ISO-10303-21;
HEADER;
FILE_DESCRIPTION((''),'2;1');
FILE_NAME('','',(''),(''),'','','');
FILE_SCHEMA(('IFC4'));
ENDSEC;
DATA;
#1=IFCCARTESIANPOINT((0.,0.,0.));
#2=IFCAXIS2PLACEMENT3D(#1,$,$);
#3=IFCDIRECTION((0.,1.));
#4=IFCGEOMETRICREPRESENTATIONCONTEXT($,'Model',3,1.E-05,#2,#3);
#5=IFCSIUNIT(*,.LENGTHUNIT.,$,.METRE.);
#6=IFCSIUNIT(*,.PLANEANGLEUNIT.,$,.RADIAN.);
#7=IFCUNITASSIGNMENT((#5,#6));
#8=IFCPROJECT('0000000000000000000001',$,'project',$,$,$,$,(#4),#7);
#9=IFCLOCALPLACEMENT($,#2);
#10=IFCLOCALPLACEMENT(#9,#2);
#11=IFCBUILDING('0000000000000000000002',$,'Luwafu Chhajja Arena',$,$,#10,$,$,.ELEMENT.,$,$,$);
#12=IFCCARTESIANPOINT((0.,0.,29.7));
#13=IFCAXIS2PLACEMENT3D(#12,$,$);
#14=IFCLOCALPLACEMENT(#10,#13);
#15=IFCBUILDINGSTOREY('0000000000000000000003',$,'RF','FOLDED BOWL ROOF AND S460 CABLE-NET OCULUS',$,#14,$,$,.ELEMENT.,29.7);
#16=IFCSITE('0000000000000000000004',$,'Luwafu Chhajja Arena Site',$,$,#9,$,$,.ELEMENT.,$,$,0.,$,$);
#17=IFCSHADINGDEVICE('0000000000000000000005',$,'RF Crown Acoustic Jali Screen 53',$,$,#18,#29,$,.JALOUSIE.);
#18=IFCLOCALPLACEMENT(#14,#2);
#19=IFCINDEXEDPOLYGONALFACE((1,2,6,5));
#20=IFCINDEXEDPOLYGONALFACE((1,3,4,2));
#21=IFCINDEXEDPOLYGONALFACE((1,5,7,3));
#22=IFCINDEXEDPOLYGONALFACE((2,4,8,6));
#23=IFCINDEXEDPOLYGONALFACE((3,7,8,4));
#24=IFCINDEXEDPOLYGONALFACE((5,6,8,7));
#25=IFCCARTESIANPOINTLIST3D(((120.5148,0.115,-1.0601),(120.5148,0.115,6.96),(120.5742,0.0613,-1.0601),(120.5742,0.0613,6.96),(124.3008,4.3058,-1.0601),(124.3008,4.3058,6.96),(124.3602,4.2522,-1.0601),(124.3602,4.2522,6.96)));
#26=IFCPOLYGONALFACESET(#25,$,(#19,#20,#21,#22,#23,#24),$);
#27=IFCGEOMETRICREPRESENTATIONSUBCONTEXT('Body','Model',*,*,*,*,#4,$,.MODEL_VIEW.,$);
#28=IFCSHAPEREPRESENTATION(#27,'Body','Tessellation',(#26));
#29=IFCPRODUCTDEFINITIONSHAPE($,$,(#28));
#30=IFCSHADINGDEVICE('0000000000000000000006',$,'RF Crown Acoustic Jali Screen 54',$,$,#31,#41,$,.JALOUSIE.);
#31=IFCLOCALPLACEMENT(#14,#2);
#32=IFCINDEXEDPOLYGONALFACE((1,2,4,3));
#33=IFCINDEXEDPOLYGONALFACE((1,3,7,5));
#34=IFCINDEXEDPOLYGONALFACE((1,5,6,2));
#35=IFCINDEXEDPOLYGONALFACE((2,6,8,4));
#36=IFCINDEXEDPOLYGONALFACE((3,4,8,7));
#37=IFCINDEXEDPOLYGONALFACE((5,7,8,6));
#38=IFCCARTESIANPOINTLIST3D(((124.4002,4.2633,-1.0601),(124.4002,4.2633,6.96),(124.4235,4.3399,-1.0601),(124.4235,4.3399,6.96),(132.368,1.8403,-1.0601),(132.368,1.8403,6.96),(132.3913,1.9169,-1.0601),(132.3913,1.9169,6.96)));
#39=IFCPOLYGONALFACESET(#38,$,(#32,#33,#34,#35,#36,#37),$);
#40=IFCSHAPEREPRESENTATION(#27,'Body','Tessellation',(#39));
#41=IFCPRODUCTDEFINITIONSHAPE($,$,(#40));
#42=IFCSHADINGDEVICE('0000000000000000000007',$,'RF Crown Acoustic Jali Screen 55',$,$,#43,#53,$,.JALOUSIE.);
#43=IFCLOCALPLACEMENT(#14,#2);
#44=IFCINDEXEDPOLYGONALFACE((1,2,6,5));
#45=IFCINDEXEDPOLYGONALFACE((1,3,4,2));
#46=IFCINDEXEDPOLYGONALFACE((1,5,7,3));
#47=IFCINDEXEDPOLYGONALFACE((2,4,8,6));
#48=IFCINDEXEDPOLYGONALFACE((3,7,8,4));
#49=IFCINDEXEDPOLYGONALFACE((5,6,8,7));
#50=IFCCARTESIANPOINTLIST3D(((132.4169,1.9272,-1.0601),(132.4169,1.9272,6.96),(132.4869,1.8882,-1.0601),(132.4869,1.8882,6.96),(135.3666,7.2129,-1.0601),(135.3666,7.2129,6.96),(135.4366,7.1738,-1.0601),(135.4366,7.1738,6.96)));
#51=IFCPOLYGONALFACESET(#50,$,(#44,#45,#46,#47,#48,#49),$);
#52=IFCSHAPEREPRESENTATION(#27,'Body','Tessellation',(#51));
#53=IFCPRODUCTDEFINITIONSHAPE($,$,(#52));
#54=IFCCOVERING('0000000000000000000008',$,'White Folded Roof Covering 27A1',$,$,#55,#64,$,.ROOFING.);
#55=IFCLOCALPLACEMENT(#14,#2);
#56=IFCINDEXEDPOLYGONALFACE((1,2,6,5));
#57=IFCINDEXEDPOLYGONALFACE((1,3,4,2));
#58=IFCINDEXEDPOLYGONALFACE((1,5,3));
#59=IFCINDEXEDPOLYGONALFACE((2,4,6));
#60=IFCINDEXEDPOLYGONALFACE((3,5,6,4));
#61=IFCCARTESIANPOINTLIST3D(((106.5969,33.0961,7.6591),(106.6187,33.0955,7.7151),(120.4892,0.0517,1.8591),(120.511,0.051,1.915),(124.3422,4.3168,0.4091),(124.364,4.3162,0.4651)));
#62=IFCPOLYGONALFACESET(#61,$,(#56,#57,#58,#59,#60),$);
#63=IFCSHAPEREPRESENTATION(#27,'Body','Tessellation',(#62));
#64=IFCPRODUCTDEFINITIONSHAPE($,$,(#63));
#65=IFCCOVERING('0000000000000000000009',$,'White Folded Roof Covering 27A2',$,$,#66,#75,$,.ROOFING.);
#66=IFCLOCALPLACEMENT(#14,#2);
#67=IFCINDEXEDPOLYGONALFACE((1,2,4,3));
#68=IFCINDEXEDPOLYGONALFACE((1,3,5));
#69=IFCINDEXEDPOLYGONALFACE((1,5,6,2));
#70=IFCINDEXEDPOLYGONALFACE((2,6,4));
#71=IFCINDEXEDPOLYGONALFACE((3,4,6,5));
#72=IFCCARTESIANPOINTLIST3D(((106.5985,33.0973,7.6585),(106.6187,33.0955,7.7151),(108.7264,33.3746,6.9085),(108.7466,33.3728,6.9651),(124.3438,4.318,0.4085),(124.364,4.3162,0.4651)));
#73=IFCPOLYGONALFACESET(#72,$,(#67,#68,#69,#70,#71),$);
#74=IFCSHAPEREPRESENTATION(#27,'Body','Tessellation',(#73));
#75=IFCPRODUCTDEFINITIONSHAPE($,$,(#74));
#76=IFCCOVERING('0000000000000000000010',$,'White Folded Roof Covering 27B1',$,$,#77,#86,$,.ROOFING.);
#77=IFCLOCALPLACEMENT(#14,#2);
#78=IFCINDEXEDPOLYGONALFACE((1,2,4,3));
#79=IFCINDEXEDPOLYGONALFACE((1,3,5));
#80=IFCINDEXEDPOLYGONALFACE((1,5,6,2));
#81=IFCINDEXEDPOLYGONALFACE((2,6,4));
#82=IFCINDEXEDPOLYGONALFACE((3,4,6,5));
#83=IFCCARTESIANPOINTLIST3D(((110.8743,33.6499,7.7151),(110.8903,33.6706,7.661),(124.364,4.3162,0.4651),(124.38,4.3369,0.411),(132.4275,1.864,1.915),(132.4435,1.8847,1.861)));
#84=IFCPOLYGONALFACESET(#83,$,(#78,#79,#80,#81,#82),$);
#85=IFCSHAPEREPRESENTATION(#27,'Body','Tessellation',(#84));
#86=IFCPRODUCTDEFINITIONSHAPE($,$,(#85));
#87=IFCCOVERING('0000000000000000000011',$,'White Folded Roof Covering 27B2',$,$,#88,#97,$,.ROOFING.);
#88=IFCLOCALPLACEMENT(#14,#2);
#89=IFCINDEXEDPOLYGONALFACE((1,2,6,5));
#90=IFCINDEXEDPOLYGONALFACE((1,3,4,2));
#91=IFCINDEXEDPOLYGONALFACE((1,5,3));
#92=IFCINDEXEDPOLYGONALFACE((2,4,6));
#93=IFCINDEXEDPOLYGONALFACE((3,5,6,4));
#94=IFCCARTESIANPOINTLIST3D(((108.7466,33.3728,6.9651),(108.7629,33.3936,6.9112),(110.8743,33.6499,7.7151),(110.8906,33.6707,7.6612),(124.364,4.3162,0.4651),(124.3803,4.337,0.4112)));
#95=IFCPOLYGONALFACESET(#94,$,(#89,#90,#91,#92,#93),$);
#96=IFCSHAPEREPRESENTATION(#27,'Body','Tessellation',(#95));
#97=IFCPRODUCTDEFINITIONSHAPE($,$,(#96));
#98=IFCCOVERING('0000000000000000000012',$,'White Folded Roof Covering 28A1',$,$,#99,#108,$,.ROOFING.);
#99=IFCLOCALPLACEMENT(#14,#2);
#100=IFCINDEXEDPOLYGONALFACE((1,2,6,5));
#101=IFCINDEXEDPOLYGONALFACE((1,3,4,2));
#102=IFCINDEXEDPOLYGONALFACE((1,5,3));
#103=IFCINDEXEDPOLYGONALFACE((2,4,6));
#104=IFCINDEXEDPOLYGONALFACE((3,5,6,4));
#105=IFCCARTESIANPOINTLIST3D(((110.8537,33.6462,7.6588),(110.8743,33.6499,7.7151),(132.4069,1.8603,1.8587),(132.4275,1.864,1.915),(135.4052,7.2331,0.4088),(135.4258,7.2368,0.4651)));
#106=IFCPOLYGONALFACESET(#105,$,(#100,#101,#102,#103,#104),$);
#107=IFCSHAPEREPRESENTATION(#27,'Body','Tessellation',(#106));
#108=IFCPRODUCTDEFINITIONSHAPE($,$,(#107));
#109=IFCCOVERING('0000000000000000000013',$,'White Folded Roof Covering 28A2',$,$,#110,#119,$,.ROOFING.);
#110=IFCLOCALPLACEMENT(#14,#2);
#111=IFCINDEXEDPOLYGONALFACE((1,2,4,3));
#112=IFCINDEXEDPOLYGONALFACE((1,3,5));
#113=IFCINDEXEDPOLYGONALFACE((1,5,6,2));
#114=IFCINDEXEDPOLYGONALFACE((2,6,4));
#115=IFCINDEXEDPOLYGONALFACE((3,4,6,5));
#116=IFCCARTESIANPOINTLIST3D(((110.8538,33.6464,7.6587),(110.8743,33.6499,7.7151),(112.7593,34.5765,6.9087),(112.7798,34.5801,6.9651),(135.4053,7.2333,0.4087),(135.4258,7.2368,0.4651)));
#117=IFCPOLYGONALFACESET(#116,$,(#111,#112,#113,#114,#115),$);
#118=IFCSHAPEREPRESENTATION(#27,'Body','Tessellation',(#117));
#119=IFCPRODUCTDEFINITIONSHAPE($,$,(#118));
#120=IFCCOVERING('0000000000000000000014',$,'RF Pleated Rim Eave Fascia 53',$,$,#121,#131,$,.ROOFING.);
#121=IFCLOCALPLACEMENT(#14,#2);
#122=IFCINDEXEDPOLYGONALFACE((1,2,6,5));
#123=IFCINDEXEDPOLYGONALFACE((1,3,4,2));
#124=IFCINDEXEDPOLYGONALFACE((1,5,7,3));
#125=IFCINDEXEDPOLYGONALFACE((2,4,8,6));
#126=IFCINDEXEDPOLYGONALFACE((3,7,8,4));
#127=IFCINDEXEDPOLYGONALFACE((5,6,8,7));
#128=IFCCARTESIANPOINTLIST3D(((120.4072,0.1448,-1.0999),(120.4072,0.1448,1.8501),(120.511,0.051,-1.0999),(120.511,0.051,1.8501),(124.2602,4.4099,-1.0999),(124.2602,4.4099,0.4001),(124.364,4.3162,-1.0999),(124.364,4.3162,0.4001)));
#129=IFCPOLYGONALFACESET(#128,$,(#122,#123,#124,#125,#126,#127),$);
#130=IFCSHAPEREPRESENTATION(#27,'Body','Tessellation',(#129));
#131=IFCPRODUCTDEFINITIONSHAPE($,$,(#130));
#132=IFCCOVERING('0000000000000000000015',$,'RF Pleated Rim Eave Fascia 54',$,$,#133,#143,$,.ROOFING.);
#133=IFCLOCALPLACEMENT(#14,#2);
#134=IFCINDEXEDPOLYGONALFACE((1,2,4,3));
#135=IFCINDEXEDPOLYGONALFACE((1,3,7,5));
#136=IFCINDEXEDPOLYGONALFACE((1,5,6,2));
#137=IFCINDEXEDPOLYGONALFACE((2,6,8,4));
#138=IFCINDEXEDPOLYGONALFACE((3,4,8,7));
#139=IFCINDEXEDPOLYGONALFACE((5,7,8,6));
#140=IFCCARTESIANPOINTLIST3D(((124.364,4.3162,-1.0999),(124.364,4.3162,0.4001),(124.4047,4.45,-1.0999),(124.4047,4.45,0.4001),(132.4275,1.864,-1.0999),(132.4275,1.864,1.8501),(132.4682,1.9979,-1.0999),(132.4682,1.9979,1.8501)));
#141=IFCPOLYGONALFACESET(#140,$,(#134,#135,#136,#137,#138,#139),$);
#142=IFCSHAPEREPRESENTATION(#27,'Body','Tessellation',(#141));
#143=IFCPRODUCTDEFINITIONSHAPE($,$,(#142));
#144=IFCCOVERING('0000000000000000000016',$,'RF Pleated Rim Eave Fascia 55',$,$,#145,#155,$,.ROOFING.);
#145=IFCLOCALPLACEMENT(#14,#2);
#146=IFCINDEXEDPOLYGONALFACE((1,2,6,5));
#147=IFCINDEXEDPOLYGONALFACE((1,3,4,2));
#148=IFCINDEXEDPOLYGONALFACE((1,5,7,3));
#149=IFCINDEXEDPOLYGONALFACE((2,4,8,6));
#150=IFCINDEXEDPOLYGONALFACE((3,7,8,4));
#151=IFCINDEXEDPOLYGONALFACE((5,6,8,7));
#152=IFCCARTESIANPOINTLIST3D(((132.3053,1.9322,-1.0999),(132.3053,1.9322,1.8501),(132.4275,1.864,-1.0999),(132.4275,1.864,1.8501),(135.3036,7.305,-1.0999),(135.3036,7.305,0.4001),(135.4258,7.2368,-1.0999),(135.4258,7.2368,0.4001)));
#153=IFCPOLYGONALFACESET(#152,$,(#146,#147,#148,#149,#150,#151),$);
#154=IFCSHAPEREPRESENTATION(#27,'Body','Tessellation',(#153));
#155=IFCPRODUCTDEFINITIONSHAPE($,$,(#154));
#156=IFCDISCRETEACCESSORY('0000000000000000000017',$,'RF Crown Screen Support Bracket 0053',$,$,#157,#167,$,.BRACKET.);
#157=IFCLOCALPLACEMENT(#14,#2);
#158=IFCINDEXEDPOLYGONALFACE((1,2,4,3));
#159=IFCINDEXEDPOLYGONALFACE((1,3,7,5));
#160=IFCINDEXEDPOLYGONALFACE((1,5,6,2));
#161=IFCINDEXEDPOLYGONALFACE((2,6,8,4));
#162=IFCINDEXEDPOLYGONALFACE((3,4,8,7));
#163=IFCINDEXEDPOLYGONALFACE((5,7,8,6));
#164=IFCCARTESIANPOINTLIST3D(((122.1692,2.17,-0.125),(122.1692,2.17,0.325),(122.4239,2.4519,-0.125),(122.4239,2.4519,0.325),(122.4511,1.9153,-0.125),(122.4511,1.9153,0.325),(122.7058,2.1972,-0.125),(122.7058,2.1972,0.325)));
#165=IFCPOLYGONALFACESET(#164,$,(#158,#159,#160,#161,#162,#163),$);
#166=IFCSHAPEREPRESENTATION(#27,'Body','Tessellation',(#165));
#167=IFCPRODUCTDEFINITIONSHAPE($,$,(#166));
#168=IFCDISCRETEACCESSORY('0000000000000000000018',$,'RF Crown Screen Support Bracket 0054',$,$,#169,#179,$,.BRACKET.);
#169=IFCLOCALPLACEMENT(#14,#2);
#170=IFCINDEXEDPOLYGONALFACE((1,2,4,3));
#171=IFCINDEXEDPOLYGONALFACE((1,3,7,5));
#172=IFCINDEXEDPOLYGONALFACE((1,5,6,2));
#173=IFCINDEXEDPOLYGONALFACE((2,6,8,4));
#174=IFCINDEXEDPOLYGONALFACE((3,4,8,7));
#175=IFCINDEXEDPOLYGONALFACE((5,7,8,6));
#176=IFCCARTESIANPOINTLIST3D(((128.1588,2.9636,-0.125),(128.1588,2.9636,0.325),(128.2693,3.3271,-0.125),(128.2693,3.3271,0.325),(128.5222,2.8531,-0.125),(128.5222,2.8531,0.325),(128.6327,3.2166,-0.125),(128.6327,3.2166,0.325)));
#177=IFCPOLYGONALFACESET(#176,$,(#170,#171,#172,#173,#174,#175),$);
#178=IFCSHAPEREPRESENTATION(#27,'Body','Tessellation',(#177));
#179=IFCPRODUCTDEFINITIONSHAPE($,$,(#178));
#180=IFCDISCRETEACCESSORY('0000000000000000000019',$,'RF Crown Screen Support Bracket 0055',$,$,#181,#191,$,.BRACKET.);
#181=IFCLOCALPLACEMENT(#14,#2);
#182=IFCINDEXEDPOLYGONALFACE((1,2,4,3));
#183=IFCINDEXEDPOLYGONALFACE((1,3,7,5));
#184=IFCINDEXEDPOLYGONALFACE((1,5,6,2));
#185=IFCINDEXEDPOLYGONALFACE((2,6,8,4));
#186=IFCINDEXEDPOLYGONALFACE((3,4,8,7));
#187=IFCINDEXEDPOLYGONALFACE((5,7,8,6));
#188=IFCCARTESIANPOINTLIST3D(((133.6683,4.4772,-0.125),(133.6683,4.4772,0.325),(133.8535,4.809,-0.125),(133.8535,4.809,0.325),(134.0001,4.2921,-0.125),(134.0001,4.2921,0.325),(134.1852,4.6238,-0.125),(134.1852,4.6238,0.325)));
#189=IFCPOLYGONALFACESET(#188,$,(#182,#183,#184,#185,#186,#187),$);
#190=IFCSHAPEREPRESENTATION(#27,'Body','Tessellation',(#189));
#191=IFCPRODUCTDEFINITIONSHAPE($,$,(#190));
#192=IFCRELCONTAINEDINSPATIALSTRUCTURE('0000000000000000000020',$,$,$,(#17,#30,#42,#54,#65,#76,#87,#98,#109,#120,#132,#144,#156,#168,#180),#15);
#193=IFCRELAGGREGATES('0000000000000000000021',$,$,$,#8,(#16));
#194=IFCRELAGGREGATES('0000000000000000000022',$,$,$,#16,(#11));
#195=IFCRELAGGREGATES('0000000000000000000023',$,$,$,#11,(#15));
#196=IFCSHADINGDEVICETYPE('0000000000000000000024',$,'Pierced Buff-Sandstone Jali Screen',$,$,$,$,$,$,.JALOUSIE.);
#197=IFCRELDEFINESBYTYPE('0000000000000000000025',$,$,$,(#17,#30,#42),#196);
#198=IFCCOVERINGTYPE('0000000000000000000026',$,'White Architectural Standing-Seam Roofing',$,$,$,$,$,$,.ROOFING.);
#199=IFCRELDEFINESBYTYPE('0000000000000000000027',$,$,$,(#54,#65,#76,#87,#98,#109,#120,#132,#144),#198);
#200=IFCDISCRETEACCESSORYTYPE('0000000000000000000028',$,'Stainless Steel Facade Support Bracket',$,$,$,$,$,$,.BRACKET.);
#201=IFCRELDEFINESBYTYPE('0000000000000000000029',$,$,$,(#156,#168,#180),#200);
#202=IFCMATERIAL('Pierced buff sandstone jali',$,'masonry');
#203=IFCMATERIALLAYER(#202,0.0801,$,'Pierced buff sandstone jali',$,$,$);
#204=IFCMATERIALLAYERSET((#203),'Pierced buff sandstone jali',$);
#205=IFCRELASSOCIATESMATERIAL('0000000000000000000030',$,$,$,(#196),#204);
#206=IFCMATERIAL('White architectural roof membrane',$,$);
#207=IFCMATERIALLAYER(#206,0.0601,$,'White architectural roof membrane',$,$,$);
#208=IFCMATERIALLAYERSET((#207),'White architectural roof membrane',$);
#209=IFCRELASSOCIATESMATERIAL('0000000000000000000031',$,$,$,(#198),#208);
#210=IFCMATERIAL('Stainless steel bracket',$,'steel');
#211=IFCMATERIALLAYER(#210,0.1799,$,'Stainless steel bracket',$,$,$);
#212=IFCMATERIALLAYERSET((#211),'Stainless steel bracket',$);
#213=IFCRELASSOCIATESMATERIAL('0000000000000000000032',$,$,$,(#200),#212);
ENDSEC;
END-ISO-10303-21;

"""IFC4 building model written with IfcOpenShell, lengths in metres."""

from ifc_helpers import new_model, si_unit, direction, frame, origin, origin_2d, place, context, subcontext, project, spatial, polyline, rectangle, outline, extrude, material, layer, layer_set, type_object, element, save


model = new_model("IFC4")

# Units and contexts
model_context = context("Model", 3, precision=1e-05, world=origin(), true_north=direction((0.0, 1.0)))
body_context = subcontext(model_context, "Body", "Model", "MODEL_VIEW")
ifc_project = project(units=[si_unit("LENGTHUNIT", "METRE"), si_unit("PLANEANGLEUNIT", "RADIAN")], contexts=[model_context])

# Site, building, storey
site_placement = place(None, origin())
site = spatial("IfcSite", under=ifc_project, at=site_placement, Name="Luwafu Chhajja Arena Site", CompositionType="ELEMENT", RefElevation=0.0)
building_placement = place(site_placement, origin())
building = spatial("IfcBuilding", under=site, at=building_placement, Name="Luwafu Chhajja Arena", CompositionType="ELEMENT")
storey_placement = place(building_placement, frame((0.0, 0.0, 29.7)))
storey = spatial("IfcBuildingStorey", under=building, at=storey_placement, Name="RF", Description="FOLDED BOWL ROOF AND S460 CABLE-NET OCULUS", CompositionType="ELEMENT", Elevation=29.7)

# Shading devices
ifc_material_1 = material(Name="Pierced buff sandstone jali", Category="masonry")
ifc_layer_1 = layer(ifc_material_1, 0.0801, Name="Pierced buff sandstone jali")
ifc_layer_set_1 = layer_set([ifc_layer_1], Name="Pierced buff sandstone jali")
shading_device_type = type_object("IfcShadingDeviceType", Name="Pierced Buff-Sandstone Jali Screen", PredefinedType="JALOUSIE", material=ifc_layer_set_1)
shading_device_1_placement = place(storey_placement, frame((122.4375, 2.1836, -1.0601), z_axis=(0.0, 0.0, 1.0), x_axis=(0.670358, 0.742038, 0.0)))
element("IfcShadingDevice", 1, at=shading_device_1_placement, inside=storey, type_object=shading_device_type, Name="RF Crown Acoustic Jali Screen 53", PredefinedType="JALOUSIE", context=body_context, shape_type="SweptSolid", body=[
    extrude(rectangle(XDim=5.6477, YDim=0.0801, at=origin_2d()), origin(), (0.0, 0.0, 1.0), 8.02),
])
shading_device_2_placement = place(storey_placement, frame((128.3958, 3.0901, -1.0601), z_axis=(0.0, 0.0, 1.0), x_axis=(0.95674, -0.290943, 0.0)))
element("IfcShadingDevice", 2, at=shading_device_2_placement, inside=storey, type_object=shading_device_type, Name="RF Crown Acoustic Jali Screen 54", PredefinedType="JALOUSIE", context=body_context, shape_type="SweptSolid", body=[
    extrude(rectangle(XDim=8.3281, YDim=0.0801, at=origin_2d()), origin(), (0.0, 0.0, 1.0), 8.02),
])
shading_device_3_placement = place(storey_placement, frame((133.9268, 4.5505, -1.0601), z_axis=(0.0, 0.0, 1.0), x_axis=(0.487313, 0.873227, 0.0)))
element("IfcShadingDevice", 3, at=shading_device_3_placement, inside=storey, type_object=shading_device_type, Name="RF Crown Acoustic Jali Screen 55", PredefinedType="JALOUSIE", context=body_context, shape_type="SweptSolid", body=[
    extrude(rectangle(XDim=6.053, YDim=0.0801, at=origin_2d()), origin(), (0.0, 0.0, 1.0), 8.02),
])

# Coverings
ifc_material_2 = material(Name="White architectural roof membrane")
ifc_layer_2 = layer(ifc_material_2, 0.0601, Name="White architectural roof membrane")
ifc_layer_set_2 = layer_set([ifc_layer_2], Name="White architectural roof membrane")
covering_type = type_object("IfcCoveringType", Name="White Architectural Standing-Seam Roofing", PredefinedType="ROOFING", material=ifc_layer_set_2)
covering_1_placement = place(storey_placement, frame((120.511, 0.051, 1.915), z_axis=(0.362833, -0.01101, 0.931789), x_axis=(0.649986, 0.719507, -0.244599)))
element("IfcCovering", 4, at=covering_1_placement, inside=storey, type_object=covering_type, Name="White Folded Roof Covering 27A1", PredefinedType="ROOFING", context=body_context, shape_type="SweptSolid", body=[
    extrude(outline(polyline([(0.0, 0.0), (5.9279, 0.0), (13.3272, 33.7781), (0.0, 0.0)])), origin(), (0.0, 0.0, -1.0), 0.0601),
])
covering_2_placement = place(storey_placement, frame((124.364, 4.3162, 0.4651), z_axis=(0.335754, -0.030145, 0.941467), x_axis=(-0.4645, 0.864214, 0.193325)))
element("IfcCovering", 5, at=covering_2_placement, inside=storey, type_object=covering_type, Name="White Folded Roof Covering 27A2", PredefinedType="ROOFING", context=body_context, shape_type="SweptSolid", body=[
    extrude(outline(polyline([(0.0, 0.0), (33.6221, 0.0), (34.5158, 2.0902), (0.0, 0.0)])), origin(), (0.0, 0.0, -1.0), 0.0601),
])
covering_3_placement = place(storey_placement, frame((124.364, 4.3162, 0.4651), z_axis=(-0.266752, -0.345079, 0.899869), x_axis=(0.942887, -0.286737, 0.169547)))
element("IfcCovering", 6, at=covering_3_placement, inside=storey, type_object=covering_type, Name="White Folded Roof Covering 27B1", PredefinedType="ROOFING", context=body_context, shape_type="SweptSolid", body=[
    extrude(outline(polyline([(0.0, 0.0), (8.5519, 0.0), (-19.9012, 26.4376), (0.0, 0.0)])), origin(), (0.0, 0.0, -1.0), 0.0601),
])
covering_4_placement = place(storey_placement, frame((124.364, 4.3162, 0.4651), z_axis=(-0.271344, -0.346697, 0.897872), x_axis=(-0.407658, 0.886461, 0.219094)))
element("IfcCovering", 7, at=covering_4_placement, inside=storey, type_object=covering_type, Name="White Folded Roof Covering 27B2", PredefinedType="ROOFING", context=body_context, shape_type="SweptSolid", body=[
    extrude(outline(polyline([(0.0, 0.0), (33.0908, 0.0), (33.5483, 2.2265), (0.0, 0.0)])), origin(), (0.0, 0.0, -1.0), 0.0601),
])
covering_5_placement = place(storey_placement, frame((132.4275, 1.864, 1.915), z_axis=(0.342997, 0.061543, 0.937318), x_axis=(0.474314, 0.849949, -0.229375)))
element("IfcCovering", 8, at=covering_5_placement, inside=storey, type_object=covering_type, Name="White Folded Roof Covering 28A1", PredefinedType="ROOFING", context=body_context, shape_type="SweptSolid", body=[
    extrude(outline(polyline([(0.0, 0.0), (6.3213, 0.0), (15.463, 35.6289), (0.0, 0.0)])), origin(), (0.0, 0.0, -1.0), 0.0601),
])
covering_6_placement = place(storey_placement, frame((135.4258, 7.2368, 0.4651), z_axis=(0.340549, 0.058977, 0.938375), x_axis=(-0.627425, 0.757566, 0.180088)))
element("IfcCovering", 9, at=covering_6_placement, inside=storey, type_object=covering_type, Name="White Folded Roof Covering 28A2", PredefinedType="ROOFING", context=body_context, shape_type="SweptSolid", body=[
    extrude(outline(polyline([(0.0, 0.0), (36.0936, 0.0), (36.7195, 2.1603), (0.0, 0.0)])), origin(), (0.0, 0.0, -1.0), 0.0601),
])
covering_7_placement = place(storey_placement, frame((120.511, 0.051, -1.0999), z_axis=(0.742047, -0.670348, 0.0), x_axis=(0.670348, 0.742047, 0.0)))
element("IfcCovering", 10, at=covering_7_placement, inside=storey, type_object=covering_type, Name="RF Pleated Rim Eave Fascia 53", PredefinedType="ROOFING", context=body_context, shape_type="SweptSolid", body=[
    extrude(outline(polyline([(0.0, 0.0), (5.7478, 0.0), (5.7478, 1.5), (0.0, 2.95), (0.0, 0.0)])), origin(), (0.0, 0.0, -1.0), 0.1399),
])
covering_8_placement = place(storey_placement, frame((124.364, 4.3162, -1.0999), z_axis=(-0.29095, -0.956738, 0.0), x_axis=(0.956738, -0.29095, 0.0)))
element("IfcCovering", 11, at=covering_8_placement, inside=storey, type_object=covering_type, Name="RF Pleated Rim Eave Fascia 54", PredefinedType="ROOFING", context=body_context, shape_type="SweptSolid", body=[
    extrude(outline(polyline([(0.0, 0.0), (8.4281, 0.0), (8.4281, 2.95), (0.0, 1.5), (0.0, 0.0)])), origin(), (0.0, 0.0, -1.0), 0.1399),
])
covering_9_placement = place(storey_placement, frame((132.4275, 1.864, -1.0999), z_axis=(0.873231, -0.487306, 0.0), x_axis=(0.487306, 0.873231, 0.0)))
element("IfcCovering", 12, at=covering_9_placement, inside=storey, type_object=covering_type, Name="RF Pleated Rim Eave Fascia 55", PredefinedType="ROOFING", context=body_context, shape_type="SweptSolid", body=[
    extrude(outline(polyline([(0.0, 0.0), (6.1528, 0.0), (6.1528, 1.5), (0.0, 2.95), (0.0, 0.0)])), origin(), (0.0, 0.0, -1.0), 0.1399),
])

# Discrete accessories
ifc_material_3 = material(Name="Stainless steel bracket", Category="steel")
ifc_layer_3 = layer(ifc_material_3, 0.1799, Name="Stainless steel bracket")
ifc_layer_set_3 = layer_set([ifc_layer_3], Name="Stainless steel bracket")
discrete_accessory_type = type_object("IfcDiscreteAccessoryType", Name="Stainless Steel Facade Support Bracket", PredefinedType="BRACKET", material=ifc_layer_set_3)
for number, where, z_axis, x_axis, name in (
    (13, (122.4375, 2.1836, -0.125), (0.0, 0.0, 1.0), (0.670358, 0.742038, 0.0), "RF Crown Screen Support Bracket 0053"),
    (14, (128.3958, 3.0901, -0.125), (0.0, 0.0, 1.0), (0.95674, -0.290943, 0.0), "RF Crown Screen Support Bracket 0054"),
    (15, (133.9268, 4.5505, -0.125), (0.0, 0.0, 1.0), (0.487313, 0.873227, 0.0), "RF Crown Screen Support Bracket 0055"),
):
    element("IfcDiscreteAccessory", number, at=place(storey_placement, frame(where, z_axis=z_axis, x_axis=x_axis)), inside=storey, type_object=discrete_accessory_type, Name=name, PredefinedType="BRACKET", context=body_context, shape_type="SweptSolid", body=[
        extrude(rectangle(XDim=0.3799, YDim=0.3799, at=origin_2d()), origin(), (0.0, 0.0, 1.0), 0.45),
    ])

save(model, "model.ifc")
